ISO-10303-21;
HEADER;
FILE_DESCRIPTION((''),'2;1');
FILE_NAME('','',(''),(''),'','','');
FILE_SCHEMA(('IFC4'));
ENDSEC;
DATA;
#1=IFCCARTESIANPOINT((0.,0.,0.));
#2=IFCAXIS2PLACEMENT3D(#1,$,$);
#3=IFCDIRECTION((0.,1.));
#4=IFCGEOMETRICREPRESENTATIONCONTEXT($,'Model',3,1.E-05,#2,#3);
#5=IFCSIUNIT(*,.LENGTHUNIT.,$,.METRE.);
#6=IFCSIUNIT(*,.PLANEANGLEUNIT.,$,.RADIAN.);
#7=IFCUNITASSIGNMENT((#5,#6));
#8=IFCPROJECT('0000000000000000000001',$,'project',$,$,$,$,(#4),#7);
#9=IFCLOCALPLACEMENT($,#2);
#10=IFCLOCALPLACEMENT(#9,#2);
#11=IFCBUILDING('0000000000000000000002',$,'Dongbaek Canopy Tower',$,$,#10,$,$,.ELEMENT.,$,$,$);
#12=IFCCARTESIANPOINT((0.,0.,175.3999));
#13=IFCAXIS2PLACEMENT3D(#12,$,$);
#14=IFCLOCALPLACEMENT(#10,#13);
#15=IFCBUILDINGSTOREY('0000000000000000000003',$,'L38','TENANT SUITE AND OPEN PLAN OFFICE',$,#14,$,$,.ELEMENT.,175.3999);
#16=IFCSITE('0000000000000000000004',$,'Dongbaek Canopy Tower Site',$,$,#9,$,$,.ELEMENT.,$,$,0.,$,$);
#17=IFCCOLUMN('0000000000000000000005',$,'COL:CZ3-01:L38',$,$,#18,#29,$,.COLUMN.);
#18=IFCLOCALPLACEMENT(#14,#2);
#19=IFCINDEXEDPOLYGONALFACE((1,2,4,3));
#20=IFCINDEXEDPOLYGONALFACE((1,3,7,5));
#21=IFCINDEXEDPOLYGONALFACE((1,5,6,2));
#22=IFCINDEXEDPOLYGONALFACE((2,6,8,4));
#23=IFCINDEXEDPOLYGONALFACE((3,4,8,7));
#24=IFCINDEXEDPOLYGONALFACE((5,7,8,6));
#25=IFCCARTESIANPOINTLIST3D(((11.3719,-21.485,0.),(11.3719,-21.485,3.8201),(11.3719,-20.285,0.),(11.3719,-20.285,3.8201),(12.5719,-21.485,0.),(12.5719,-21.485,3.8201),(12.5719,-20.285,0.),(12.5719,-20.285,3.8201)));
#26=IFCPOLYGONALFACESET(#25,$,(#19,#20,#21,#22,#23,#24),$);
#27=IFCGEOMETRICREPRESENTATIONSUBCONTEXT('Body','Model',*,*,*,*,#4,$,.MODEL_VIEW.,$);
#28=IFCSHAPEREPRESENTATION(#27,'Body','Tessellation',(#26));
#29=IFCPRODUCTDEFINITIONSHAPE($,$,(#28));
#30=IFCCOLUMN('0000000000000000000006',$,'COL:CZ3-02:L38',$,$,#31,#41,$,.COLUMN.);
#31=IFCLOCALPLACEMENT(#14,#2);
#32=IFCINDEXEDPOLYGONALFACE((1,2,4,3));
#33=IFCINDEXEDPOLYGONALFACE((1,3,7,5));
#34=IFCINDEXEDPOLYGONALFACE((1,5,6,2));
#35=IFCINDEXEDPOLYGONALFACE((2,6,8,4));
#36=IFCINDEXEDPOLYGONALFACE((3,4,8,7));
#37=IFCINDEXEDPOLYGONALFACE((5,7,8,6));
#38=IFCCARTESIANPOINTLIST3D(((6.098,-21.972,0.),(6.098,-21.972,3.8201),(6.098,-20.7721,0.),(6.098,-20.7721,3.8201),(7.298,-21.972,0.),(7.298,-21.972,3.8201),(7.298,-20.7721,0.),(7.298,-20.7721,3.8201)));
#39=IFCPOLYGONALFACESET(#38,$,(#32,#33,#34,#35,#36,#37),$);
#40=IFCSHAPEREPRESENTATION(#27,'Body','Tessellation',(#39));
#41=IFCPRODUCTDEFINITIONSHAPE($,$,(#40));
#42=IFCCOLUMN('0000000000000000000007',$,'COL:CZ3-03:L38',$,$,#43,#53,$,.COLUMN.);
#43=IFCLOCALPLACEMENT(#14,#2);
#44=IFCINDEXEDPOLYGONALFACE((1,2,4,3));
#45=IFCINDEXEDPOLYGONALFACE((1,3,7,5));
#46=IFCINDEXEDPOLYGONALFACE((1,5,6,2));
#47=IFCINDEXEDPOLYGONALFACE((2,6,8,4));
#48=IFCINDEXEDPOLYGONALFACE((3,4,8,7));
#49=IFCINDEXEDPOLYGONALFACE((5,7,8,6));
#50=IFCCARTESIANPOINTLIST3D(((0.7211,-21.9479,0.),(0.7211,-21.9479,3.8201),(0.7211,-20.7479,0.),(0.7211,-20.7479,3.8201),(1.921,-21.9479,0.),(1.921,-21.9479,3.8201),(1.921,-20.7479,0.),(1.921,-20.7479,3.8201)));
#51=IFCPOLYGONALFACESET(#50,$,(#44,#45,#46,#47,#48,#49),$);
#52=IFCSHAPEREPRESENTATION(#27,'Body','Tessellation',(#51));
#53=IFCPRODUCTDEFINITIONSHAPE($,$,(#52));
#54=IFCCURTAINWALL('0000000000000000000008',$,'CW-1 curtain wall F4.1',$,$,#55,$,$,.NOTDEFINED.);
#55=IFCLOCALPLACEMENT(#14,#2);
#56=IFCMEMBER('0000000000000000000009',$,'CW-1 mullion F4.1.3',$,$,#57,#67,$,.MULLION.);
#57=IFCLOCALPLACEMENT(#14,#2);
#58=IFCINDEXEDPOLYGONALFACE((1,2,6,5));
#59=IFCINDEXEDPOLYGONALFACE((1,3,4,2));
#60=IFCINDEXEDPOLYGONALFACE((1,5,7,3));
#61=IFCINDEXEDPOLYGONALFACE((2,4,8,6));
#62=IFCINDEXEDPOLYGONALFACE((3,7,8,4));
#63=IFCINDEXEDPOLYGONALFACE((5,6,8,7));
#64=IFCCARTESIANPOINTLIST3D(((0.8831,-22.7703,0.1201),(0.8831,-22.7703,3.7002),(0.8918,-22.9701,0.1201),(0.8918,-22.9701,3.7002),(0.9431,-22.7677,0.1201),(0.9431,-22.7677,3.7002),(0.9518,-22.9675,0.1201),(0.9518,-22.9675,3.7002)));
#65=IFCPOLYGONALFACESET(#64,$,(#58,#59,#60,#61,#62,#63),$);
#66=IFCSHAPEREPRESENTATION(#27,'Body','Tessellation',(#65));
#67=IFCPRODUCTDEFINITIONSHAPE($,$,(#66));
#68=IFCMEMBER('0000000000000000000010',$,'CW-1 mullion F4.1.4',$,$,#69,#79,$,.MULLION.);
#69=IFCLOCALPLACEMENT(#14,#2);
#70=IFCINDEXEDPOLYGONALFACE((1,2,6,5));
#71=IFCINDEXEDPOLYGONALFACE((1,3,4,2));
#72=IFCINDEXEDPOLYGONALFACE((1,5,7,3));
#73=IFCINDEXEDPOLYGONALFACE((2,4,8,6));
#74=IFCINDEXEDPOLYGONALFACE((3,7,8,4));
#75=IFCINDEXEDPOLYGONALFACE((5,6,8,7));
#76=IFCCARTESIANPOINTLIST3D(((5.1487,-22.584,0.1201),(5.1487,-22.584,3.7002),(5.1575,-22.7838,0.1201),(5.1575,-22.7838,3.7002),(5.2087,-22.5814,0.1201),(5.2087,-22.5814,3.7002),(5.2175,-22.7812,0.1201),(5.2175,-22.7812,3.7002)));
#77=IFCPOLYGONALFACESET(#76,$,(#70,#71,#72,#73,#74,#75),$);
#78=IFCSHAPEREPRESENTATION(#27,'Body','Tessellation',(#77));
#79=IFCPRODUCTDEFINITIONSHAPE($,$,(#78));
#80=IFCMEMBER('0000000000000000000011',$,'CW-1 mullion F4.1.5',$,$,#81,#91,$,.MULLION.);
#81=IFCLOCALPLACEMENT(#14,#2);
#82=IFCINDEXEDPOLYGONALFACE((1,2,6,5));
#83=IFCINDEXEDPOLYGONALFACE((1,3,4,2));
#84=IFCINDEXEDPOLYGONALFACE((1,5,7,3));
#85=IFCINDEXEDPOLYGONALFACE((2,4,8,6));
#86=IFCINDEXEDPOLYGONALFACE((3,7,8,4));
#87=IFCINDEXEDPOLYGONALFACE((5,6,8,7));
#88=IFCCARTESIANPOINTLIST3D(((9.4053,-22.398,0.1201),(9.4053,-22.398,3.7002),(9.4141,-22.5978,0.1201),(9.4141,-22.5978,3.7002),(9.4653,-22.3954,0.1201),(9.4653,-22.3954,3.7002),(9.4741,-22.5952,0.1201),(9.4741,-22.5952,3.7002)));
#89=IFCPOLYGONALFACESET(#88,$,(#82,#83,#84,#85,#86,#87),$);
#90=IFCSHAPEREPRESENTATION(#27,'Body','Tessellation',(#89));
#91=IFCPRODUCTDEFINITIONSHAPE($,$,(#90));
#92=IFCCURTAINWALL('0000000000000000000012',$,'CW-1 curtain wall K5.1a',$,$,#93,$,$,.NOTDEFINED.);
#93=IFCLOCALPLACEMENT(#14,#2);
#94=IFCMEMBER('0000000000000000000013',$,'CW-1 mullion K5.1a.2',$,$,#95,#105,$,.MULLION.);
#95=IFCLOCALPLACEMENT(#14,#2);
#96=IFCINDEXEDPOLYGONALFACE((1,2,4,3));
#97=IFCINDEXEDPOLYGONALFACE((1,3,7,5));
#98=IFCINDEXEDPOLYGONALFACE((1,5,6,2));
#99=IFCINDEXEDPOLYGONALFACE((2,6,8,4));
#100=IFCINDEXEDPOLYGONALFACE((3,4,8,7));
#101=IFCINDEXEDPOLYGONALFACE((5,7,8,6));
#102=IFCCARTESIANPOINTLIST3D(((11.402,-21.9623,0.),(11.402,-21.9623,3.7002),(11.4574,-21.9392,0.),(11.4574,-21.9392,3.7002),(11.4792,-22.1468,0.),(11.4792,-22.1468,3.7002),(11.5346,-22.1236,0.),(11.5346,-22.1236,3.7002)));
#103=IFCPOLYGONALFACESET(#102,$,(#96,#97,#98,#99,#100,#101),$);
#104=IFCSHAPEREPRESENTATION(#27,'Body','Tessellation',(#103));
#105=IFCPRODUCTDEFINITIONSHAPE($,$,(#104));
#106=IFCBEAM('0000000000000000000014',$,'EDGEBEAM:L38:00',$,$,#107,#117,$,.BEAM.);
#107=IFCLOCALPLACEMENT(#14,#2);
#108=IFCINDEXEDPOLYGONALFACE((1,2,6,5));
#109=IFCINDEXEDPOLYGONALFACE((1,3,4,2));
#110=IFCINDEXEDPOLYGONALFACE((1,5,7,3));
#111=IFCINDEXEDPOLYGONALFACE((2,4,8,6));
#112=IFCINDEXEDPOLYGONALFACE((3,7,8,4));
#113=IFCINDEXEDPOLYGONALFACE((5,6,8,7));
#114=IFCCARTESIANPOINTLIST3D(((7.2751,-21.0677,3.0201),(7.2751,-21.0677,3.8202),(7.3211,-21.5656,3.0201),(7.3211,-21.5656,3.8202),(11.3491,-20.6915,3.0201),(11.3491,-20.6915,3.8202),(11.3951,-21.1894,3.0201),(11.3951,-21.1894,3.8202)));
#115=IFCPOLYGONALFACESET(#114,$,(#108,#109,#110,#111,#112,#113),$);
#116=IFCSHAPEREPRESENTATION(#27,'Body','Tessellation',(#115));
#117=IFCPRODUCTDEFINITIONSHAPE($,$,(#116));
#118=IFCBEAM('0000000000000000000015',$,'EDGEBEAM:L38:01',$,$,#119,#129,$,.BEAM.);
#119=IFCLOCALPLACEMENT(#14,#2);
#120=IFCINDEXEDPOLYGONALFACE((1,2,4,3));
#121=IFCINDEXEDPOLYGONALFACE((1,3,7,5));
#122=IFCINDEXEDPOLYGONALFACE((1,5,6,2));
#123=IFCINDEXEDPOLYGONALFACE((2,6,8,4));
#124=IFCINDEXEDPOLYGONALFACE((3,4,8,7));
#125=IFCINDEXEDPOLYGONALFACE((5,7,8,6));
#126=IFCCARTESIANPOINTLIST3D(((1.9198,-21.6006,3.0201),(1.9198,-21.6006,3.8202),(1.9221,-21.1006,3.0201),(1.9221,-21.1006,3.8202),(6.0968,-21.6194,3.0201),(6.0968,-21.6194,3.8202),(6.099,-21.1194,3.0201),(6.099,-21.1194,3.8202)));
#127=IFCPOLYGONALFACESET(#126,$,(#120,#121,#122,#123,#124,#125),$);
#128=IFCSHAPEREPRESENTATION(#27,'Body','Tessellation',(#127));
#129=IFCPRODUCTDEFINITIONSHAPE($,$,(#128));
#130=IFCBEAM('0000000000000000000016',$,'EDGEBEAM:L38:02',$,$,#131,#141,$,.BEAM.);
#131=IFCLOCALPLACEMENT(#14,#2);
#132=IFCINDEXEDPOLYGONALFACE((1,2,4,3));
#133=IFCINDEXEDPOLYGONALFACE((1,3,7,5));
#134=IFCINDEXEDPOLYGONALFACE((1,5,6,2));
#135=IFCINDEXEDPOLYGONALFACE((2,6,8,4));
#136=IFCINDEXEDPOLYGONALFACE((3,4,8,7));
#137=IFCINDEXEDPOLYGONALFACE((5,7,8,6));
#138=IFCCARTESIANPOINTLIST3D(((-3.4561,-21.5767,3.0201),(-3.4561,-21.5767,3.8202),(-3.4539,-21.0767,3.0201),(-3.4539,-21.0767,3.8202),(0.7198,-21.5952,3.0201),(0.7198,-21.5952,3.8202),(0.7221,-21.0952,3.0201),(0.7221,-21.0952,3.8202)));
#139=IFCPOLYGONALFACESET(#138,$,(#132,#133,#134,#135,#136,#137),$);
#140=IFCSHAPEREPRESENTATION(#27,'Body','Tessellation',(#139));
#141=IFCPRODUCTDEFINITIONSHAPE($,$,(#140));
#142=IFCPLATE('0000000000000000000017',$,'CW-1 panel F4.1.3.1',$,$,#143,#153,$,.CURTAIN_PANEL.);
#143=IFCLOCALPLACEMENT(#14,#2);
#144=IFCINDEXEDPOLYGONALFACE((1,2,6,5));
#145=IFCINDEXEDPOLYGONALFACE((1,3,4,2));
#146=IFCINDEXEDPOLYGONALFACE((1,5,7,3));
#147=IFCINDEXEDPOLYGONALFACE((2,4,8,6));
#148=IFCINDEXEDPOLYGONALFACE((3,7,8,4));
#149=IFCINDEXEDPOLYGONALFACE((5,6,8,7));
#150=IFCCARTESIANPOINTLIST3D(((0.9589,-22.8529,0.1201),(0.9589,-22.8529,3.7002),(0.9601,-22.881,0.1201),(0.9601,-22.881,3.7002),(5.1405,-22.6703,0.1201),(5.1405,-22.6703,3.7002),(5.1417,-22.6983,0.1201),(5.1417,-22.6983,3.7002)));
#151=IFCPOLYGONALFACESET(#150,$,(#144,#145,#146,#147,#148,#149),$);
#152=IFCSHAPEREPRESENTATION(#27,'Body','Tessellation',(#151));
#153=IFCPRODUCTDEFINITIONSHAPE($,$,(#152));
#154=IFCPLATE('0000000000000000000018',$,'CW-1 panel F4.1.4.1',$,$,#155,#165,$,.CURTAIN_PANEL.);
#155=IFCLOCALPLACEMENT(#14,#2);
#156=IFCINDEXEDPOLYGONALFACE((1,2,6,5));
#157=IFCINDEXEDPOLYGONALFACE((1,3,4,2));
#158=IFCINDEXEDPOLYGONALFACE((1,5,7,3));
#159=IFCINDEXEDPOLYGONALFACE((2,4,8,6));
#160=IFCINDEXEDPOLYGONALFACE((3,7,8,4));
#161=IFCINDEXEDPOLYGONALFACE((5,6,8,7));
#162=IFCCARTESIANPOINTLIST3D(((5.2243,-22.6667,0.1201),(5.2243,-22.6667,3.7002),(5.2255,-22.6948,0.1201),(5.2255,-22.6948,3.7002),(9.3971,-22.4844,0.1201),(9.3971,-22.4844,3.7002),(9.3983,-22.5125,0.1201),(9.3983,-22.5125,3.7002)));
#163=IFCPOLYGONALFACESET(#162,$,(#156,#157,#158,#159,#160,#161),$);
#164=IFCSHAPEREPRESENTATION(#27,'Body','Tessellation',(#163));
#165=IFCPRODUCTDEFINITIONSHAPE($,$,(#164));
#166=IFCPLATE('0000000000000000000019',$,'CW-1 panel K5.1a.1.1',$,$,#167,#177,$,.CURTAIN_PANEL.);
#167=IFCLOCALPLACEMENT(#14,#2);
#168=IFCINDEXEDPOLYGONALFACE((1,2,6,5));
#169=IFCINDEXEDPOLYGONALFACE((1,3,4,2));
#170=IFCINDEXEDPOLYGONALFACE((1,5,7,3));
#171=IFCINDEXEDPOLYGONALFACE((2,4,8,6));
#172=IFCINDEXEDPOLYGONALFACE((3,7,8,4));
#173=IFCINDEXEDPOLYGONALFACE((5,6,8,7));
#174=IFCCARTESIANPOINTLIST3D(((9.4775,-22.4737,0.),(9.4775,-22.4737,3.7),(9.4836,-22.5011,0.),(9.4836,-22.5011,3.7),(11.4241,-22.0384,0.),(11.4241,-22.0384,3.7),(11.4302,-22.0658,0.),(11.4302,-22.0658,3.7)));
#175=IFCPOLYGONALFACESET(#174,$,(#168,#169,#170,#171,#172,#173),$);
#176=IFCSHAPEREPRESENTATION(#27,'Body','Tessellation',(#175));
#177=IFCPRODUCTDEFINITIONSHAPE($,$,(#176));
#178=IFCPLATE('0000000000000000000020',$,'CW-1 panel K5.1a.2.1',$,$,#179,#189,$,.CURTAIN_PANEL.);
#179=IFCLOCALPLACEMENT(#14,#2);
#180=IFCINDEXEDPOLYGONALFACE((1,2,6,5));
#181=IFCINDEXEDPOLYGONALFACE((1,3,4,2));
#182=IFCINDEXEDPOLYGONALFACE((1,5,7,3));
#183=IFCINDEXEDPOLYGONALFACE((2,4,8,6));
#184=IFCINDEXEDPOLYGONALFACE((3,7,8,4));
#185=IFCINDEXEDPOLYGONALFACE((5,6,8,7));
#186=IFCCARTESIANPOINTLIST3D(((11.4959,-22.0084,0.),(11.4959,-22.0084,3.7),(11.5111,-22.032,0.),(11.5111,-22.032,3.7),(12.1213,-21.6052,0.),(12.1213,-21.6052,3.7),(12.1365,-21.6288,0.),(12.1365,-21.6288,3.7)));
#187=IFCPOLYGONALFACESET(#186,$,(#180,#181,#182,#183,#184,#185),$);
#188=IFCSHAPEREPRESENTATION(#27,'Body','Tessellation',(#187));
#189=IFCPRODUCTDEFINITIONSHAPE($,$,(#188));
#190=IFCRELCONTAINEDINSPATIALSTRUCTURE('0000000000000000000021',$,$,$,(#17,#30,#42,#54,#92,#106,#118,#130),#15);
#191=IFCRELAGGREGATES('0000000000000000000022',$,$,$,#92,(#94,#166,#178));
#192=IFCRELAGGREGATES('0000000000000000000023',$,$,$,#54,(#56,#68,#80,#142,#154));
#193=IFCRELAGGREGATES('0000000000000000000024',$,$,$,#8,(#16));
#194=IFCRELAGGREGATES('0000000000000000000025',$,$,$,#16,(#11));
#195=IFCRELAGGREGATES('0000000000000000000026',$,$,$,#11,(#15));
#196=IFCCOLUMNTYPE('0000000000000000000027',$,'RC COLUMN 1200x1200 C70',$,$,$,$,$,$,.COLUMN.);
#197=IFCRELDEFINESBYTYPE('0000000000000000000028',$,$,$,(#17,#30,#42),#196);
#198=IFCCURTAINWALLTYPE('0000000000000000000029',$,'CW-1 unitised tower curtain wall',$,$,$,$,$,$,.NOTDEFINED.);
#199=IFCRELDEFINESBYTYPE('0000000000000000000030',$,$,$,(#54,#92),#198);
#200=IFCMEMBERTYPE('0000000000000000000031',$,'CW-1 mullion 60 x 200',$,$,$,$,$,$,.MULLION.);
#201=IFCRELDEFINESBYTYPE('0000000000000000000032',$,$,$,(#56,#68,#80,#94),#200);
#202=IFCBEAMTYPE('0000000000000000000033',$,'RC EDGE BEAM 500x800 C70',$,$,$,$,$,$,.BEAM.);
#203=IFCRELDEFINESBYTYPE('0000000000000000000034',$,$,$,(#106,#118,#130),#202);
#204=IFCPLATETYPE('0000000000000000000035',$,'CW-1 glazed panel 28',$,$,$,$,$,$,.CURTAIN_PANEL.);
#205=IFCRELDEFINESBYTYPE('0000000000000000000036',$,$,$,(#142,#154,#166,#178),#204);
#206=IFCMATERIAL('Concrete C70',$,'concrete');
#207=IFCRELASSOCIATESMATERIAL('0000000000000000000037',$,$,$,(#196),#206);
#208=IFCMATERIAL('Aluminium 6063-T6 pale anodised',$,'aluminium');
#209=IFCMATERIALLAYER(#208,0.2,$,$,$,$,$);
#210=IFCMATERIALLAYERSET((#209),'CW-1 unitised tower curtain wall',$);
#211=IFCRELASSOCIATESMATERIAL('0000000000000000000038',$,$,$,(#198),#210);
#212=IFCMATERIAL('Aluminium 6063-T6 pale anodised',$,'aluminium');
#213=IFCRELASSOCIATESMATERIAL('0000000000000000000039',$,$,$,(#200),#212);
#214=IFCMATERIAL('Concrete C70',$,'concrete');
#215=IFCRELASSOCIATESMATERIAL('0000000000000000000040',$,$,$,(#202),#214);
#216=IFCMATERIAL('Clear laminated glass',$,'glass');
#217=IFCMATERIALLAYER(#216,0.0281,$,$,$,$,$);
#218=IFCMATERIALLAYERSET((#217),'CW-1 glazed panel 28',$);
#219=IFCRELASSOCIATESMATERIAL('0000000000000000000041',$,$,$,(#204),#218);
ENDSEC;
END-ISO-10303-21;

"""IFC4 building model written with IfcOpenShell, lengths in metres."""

from ifc_helpers import new_model, si_unit, direction, frame, origin, origin_2d, place, context, subcontext, project, spatial, rectangle, extrude, material, layer, layer_set, material_profile, profile_set, type_object, element, aggregate, save


model = new_model("IFC4")

# Units and contexts
model_context = context("Model", 3, precision=1e-05, world=origin(), true_north=direction((0.0, 1.0)))
body_context = subcontext(model_context, "Body", "Model", "MODEL_VIEW")
ifc_project = project(units=[si_unit("LENGTHUNIT", "METRE"), si_unit("PLANEANGLEUNIT", "RADIAN")], contexts=[model_context])

# Site, building, storey
site_placement = place(None, origin())
site = spatial("IfcSite", under=ifc_project, at=site_placement, Name="Dongbaek Canopy Tower Site", CompositionType="ELEMENT", RefElevation=0.0)
building_placement = place(site_placement, origin())
building = spatial("IfcBuilding", under=site, at=building_placement, Name="Dongbaek Canopy Tower", CompositionType="ELEMENT")
storey_placement = place(building_placement, frame((0.0, 0.0, 175.3999)))
storey = spatial("IfcBuildingStorey", under=building, at=storey_placement, Name="L38", Description="TENANT SUITE AND OPEN PLAN OFFICE", CompositionType="ELEMENT", Elevation=175.3999)

# Columns
ifc_material_1 = material(Name="Concrete C70", Category="concrete")
ifc_material_profile_1 = material_profile(ifc_material_1, rectangle(XDim=1.2, YDim=1.2, at=origin_2d()), Name="RC COLUMN 1200x1200 C70")
ifc_profile_set_1 = profile_set([ifc_material_profile_1], Name="Concrete C70")
column_type = type_object("IfcColumnType", Name="RC COLUMN 1200x1200 C70", PredefinedType="COLUMN", material=ifc_profile_set_1)
for number, where, z_axis, x_axis, name in (
    (1, (11.9719, -20.885, 0.0), (0.0, 0.0, 1.0), (1.0, 0.0, 0.0), "COL:CZ3-01:L38"),
    (2, (6.698, -21.3721, 0.0), (0.0, 0.0, 1.0), (1.0, 0.0, 0.0), "COL:CZ3-02:L38"),
    (3, (1.321, -21.3479, 0.0), (0.0, 0.0, 1.0), (1.0, 0.0, 0.0), "COL:CZ3-03:L38"),
):
    element("IfcColumn", number, at=place(storey_placement, frame(where, z_axis=z_axis, x_axis=x_axis)), inside=storey, type_object=column_type, Name=name, PredefinedType="COLUMN", context=body_context, shape_type="SweptSolid", body=[
        extrude(rectangle(XDim=1.2, YDim=1.2, at=origin_2d()), origin(), (0.0, 0.0, 1.0), 3.8201),
    ])

# Curtain wall, members
ifc_material_2 = material(Name="Aluminium 6063-T6 pale anodised", Category="aluminium")
ifc_layer_1 = layer(ifc_material_2, 0.2)
ifc_layer_set_1 = layer_set([ifc_layer_1], Name="CW-1 unitised tower curtain wall")
curtain_wall_type = type_object("IfcCurtainWallType", Name="CW-1 unitised tower curtain wall", PredefinedType="NOTDEFINED", material=ifc_layer_set_1)
curtain_wall_1_placement = place(storey_placement, origin())
curtain_wall_1 = element("IfcCurtainWall", 4, at=curtain_wall_1_placement, inside=storey, type_object=curtain_wall_type, Name="CW-1 curtain wall F4.1", PredefinedType="NOTDEFINED")
ifc_material_3 = material(Name="Aluminium 6063-T6 pale anodised", Category="aluminium")
ifc_material_profile_2 = material_profile(ifc_material_3, rectangle(XDim=0.2, YDim=0.0601, at=origin_2d()), Name="CW-1 mullion 60 x 200")
ifc_profile_set_2 = profile_set([ifc_material_profile_2], Name="Aluminium 6063-T6 pale anodised")
member_type = type_object("IfcMemberType", Name="CW-1 mullion 60 x 200", PredefinedType="MULLION", material=ifc_profile_set_2)
member_1_placement = place(storey_placement, frame((0.9175, -22.8689, 0.1201), z_axis=(0.0, 0.0, 1.0), x_axis=(0.04364, -0.999047, 0.0)))
member_1 = element("IfcMember", 5, at=member_1_placement, type_object=member_type, Name="CW-1 mullion F4.1.3", PredefinedType="MULLION", context=body_context, shape_type="SweptSolid", body=[
    extrude(rectangle(XDim=0.2, YDim=0.0601, at=origin_2d()), origin(), (0.0, 0.0, 1.0), 3.5801),
])
member_2_placement = place(storey_placement, frame((5.1831, -22.6826, 0.1201), z_axis=(0.0, 0.0, 1.0), x_axis=(0.04364, -0.999047, 0.0)))
member_2 = element("IfcMember", 6, at=member_2_placement, type_object=member_type, Name="CW-1 mullion F4.1.4", PredefinedType="MULLION", context=body_context, shape_type="SweptSolid", body=[
    extrude(rectangle(XDim=0.2, YDim=0.0601, at=origin_2d()), origin(), (0.0, 0.0, 1.0), 3.5801),
])
member_3_placement = place(storey_placement, frame((9.4397, -22.4966, 0.1201), z_axis=(0.0, 0.0, 1.0), x_axis=(0.04364, -0.999047, 0.0)))
member_3 = element("IfcMember", 7, at=member_3_placement, type_object=member_type, Name="CW-1 mullion F4.1.5", PredefinedType="MULLION", context=body_context, shape_type="SweptSolid", body=[
    extrude(rectangle(XDim=0.2, YDim=0.0601, at=origin_2d()), origin(), (0.0, 0.0, 1.0), 3.5801),
])

# Curtain wall, member
curtain_wall_2_placement = place(storey_placement, origin())
curtain_wall_2 = element("IfcCurtainWall", 8, at=curtain_wall_2_placement, inside=storey, type_object=curtain_wall_type, Name="CW-1 curtain wall K5.1a", PredefinedType="NOTDEFINED")
member_4_placement = place(storey_placement, frame((11.4683, -22.043, 0.0), z_axis=(0.0, 0.0, 1.0), x_axis=(0.386065, -0.922471, 0.0)))
member_4 = element("IfcMember", 9, at=member_4_placement, type_object=member_type, Name="CW-1 mullion K5.1a.2", PredefinedType="MULLION", context=body_context, shape_type="SweptSolid", body=[
    extrude(rectangle(XDim=0.2, YDim=0.0601, at=origin_2d()), origin(), (0.0, 0.0, 1.0), 3.7002),
])

# Beams
ifc_material_4 = material(Name="Concrete C70", Category="concrete")
ifc_material_profile_3 = material_profile(ifc_material_4, rectangle(XDim=0.5, YDim=0.8, at=origin_2d()), Name="RC EDGE BEAM 500x800 C70")
ifc_profile_set_3 = profile_set([ifc_material_profile_3], Name="Concrete C70")
beam_type = type_object("IfcBeamType", Name="RC EDGE BEAM 500x800 C70", PredefinedType="BEAM", material=ifc_profile_set_3)
beam_1_placement = place(storey_placement, frame((11.3721, -20.9404, 3.4202), z_axis=(-0.995763, -0.091956, 0.0), x_axis=(0.091956, -0.995763, 0.0)))
element("IfcBeam", 10, at=beam_1_placement, inside=storey, type_object=beam_type, Name="EDGEBEAM:L38:00", PredefinedType="BEAM", context=body_context, shape_type="SweptSolid", body=[
    extrude(rectangle(XDim=0.5, YDim=0.8, at=origin_2d()), origin(), (0.0, 0.0, 1.0), 4.0913),
])
beam_2_placement = place(storey_placement, frame((6.0979, -21.3694, 3.4202), z_axis=(-0.99999, 0.004501, 0.0), x_axis=(-0.004501, -0.99999, 0.0)))
element("IfcBeam", 11, at=beam_2_placement, inside=storey, type_object=beam_type, Name="EDGEBEAM:L38:01", PredefinedType="BEAM", context=body_context, shape_type="SweptSolid", body=[
    extrude(rectangle(XDim=0.5, YDim=0.8, at=origin_2d()), origin(), (0.0, 0.0, 1.0), 4.177),
])
beam_3_placement = place(storey_placement, frame((0.7209, -21.3452, 3.4202), z_axis=(-0.99999, 0.004443, 0.0), x_axis=(-0.004443, -0.99999, 0.0)))
element("IfcBeam", 12, at=beam_3_placement, inside=storey, type_object=beam_type, Name="EDGEBEAM:L38:02", PredefinedType="BEAM", context=body_context, shape_type="SweptSolid", body=[
    extrude(rectangle(XDim=0.5, YDim=0.8, at=origin_2d()), origin(), (0.0, 0.0, 1.0), 4.176),
])

# Plates
ifc_material_5 = material(Name="Clear laminated glass", Category="glass")
ifc_layer_2 = layer(ifc_material_5, 0.0281)
ifc_layer_set_2 = layer_set([ifc_layer_2], Name="CW-1 glazed panel 28")
plate_type = type_object("IfcPlateType", Name="CW-1 glazed panel 28", PredefinedType="CURTAIN_PANEL", material=ifc_layer_set_2)
plate_1_placement = place(storey_placement, frame((3.0503, -22.7756, 0.1201), z_axis=(0.0, 0.0, 1.0), x_axis=(0.999047, 0.04364, 0.0)))
plate_1 = element("IfcPlate", 13, at=plate_1_placement, type_object=plate_type, Name="CW-1 panel F4.1.3.1", PredefinedType="CURTAIN_PANEL", context=body_context, shape_type="SweptSolid", body=[
    extrude(rectangle(XDim=4.1855, YDim=0.0281, at=origin_2d()), origin(), (0.0, 0.0, 1.0), 3.5801),
])
plate_2_placement = place(storey_placement, frame((7.3113, -22.5896, 0.1201), z_axis=(0.0, 0.0, 1.0), x_axis=(0.999047, 0.04364, 0.0)))
plate_2 = element("IfcPlate", 14, at=plate_2_placement, type_object=plate_type, Name="CW-1 panel F4.1.4.1", PredefinedType="CURTAIN_PANEL", context=body_context, shape_type="SweptSolid", body=[
    extrude(rectangle(XDim=4.1768, YDim=0.0281, at=origin_2d()), origin(), (0.0, 0.0, 1.0), 3.5801),
])
plate_3_placement = place(storey_placement, frame((10.4539, -22.2698, 0.0), z_axis=(0.0, 0.0, 1.0), x_axis=(0.975896, 0.218238, 0.0)))
plate_3 = element("IfcPlate", 15, at=plate_3_placement, type_object=plate_type, Name="CW-1 panel K5.1a.1.1", PredefinedType="CURTAIN_PANEL", context=body_context, shape_type="SweptSolid", body=[
    extrude(rectangle(XDim=1.9946, YDim=0.0281, at=origin_2d()), origin(), (0.0, 0.0, 1.0), 3.7),
])
plate_4_placement = place(storey_placement, frame((11.8162, -21.8186, 0.0), z_axis=(0.0, 0.0, 1.0), x_axis=(0.840432, 0.541917, 0.0)))
plate_4 = element("IfcPlate", 16, at=plate_4_placement, type_object=plate_type, Name="CW-1 panel K5.1a.2.1", PredefinedType="CURTAIN_PANEL", context=body_context, shape_type="SweptSolid", body=[
    extrude(rectangle(XDim=0.7441, YDim=0.0281, at=origin_2d()), origin(), (0.0, 0.0, 1.0), 3.7),
])
aggregate(curtain_wall_2, [member_4, plate_3, plate_4])

aggregate(curtain_wall_1, [member_1, member_2, member_3, plate_1, plate_2])

save(model, "model.ifc")
